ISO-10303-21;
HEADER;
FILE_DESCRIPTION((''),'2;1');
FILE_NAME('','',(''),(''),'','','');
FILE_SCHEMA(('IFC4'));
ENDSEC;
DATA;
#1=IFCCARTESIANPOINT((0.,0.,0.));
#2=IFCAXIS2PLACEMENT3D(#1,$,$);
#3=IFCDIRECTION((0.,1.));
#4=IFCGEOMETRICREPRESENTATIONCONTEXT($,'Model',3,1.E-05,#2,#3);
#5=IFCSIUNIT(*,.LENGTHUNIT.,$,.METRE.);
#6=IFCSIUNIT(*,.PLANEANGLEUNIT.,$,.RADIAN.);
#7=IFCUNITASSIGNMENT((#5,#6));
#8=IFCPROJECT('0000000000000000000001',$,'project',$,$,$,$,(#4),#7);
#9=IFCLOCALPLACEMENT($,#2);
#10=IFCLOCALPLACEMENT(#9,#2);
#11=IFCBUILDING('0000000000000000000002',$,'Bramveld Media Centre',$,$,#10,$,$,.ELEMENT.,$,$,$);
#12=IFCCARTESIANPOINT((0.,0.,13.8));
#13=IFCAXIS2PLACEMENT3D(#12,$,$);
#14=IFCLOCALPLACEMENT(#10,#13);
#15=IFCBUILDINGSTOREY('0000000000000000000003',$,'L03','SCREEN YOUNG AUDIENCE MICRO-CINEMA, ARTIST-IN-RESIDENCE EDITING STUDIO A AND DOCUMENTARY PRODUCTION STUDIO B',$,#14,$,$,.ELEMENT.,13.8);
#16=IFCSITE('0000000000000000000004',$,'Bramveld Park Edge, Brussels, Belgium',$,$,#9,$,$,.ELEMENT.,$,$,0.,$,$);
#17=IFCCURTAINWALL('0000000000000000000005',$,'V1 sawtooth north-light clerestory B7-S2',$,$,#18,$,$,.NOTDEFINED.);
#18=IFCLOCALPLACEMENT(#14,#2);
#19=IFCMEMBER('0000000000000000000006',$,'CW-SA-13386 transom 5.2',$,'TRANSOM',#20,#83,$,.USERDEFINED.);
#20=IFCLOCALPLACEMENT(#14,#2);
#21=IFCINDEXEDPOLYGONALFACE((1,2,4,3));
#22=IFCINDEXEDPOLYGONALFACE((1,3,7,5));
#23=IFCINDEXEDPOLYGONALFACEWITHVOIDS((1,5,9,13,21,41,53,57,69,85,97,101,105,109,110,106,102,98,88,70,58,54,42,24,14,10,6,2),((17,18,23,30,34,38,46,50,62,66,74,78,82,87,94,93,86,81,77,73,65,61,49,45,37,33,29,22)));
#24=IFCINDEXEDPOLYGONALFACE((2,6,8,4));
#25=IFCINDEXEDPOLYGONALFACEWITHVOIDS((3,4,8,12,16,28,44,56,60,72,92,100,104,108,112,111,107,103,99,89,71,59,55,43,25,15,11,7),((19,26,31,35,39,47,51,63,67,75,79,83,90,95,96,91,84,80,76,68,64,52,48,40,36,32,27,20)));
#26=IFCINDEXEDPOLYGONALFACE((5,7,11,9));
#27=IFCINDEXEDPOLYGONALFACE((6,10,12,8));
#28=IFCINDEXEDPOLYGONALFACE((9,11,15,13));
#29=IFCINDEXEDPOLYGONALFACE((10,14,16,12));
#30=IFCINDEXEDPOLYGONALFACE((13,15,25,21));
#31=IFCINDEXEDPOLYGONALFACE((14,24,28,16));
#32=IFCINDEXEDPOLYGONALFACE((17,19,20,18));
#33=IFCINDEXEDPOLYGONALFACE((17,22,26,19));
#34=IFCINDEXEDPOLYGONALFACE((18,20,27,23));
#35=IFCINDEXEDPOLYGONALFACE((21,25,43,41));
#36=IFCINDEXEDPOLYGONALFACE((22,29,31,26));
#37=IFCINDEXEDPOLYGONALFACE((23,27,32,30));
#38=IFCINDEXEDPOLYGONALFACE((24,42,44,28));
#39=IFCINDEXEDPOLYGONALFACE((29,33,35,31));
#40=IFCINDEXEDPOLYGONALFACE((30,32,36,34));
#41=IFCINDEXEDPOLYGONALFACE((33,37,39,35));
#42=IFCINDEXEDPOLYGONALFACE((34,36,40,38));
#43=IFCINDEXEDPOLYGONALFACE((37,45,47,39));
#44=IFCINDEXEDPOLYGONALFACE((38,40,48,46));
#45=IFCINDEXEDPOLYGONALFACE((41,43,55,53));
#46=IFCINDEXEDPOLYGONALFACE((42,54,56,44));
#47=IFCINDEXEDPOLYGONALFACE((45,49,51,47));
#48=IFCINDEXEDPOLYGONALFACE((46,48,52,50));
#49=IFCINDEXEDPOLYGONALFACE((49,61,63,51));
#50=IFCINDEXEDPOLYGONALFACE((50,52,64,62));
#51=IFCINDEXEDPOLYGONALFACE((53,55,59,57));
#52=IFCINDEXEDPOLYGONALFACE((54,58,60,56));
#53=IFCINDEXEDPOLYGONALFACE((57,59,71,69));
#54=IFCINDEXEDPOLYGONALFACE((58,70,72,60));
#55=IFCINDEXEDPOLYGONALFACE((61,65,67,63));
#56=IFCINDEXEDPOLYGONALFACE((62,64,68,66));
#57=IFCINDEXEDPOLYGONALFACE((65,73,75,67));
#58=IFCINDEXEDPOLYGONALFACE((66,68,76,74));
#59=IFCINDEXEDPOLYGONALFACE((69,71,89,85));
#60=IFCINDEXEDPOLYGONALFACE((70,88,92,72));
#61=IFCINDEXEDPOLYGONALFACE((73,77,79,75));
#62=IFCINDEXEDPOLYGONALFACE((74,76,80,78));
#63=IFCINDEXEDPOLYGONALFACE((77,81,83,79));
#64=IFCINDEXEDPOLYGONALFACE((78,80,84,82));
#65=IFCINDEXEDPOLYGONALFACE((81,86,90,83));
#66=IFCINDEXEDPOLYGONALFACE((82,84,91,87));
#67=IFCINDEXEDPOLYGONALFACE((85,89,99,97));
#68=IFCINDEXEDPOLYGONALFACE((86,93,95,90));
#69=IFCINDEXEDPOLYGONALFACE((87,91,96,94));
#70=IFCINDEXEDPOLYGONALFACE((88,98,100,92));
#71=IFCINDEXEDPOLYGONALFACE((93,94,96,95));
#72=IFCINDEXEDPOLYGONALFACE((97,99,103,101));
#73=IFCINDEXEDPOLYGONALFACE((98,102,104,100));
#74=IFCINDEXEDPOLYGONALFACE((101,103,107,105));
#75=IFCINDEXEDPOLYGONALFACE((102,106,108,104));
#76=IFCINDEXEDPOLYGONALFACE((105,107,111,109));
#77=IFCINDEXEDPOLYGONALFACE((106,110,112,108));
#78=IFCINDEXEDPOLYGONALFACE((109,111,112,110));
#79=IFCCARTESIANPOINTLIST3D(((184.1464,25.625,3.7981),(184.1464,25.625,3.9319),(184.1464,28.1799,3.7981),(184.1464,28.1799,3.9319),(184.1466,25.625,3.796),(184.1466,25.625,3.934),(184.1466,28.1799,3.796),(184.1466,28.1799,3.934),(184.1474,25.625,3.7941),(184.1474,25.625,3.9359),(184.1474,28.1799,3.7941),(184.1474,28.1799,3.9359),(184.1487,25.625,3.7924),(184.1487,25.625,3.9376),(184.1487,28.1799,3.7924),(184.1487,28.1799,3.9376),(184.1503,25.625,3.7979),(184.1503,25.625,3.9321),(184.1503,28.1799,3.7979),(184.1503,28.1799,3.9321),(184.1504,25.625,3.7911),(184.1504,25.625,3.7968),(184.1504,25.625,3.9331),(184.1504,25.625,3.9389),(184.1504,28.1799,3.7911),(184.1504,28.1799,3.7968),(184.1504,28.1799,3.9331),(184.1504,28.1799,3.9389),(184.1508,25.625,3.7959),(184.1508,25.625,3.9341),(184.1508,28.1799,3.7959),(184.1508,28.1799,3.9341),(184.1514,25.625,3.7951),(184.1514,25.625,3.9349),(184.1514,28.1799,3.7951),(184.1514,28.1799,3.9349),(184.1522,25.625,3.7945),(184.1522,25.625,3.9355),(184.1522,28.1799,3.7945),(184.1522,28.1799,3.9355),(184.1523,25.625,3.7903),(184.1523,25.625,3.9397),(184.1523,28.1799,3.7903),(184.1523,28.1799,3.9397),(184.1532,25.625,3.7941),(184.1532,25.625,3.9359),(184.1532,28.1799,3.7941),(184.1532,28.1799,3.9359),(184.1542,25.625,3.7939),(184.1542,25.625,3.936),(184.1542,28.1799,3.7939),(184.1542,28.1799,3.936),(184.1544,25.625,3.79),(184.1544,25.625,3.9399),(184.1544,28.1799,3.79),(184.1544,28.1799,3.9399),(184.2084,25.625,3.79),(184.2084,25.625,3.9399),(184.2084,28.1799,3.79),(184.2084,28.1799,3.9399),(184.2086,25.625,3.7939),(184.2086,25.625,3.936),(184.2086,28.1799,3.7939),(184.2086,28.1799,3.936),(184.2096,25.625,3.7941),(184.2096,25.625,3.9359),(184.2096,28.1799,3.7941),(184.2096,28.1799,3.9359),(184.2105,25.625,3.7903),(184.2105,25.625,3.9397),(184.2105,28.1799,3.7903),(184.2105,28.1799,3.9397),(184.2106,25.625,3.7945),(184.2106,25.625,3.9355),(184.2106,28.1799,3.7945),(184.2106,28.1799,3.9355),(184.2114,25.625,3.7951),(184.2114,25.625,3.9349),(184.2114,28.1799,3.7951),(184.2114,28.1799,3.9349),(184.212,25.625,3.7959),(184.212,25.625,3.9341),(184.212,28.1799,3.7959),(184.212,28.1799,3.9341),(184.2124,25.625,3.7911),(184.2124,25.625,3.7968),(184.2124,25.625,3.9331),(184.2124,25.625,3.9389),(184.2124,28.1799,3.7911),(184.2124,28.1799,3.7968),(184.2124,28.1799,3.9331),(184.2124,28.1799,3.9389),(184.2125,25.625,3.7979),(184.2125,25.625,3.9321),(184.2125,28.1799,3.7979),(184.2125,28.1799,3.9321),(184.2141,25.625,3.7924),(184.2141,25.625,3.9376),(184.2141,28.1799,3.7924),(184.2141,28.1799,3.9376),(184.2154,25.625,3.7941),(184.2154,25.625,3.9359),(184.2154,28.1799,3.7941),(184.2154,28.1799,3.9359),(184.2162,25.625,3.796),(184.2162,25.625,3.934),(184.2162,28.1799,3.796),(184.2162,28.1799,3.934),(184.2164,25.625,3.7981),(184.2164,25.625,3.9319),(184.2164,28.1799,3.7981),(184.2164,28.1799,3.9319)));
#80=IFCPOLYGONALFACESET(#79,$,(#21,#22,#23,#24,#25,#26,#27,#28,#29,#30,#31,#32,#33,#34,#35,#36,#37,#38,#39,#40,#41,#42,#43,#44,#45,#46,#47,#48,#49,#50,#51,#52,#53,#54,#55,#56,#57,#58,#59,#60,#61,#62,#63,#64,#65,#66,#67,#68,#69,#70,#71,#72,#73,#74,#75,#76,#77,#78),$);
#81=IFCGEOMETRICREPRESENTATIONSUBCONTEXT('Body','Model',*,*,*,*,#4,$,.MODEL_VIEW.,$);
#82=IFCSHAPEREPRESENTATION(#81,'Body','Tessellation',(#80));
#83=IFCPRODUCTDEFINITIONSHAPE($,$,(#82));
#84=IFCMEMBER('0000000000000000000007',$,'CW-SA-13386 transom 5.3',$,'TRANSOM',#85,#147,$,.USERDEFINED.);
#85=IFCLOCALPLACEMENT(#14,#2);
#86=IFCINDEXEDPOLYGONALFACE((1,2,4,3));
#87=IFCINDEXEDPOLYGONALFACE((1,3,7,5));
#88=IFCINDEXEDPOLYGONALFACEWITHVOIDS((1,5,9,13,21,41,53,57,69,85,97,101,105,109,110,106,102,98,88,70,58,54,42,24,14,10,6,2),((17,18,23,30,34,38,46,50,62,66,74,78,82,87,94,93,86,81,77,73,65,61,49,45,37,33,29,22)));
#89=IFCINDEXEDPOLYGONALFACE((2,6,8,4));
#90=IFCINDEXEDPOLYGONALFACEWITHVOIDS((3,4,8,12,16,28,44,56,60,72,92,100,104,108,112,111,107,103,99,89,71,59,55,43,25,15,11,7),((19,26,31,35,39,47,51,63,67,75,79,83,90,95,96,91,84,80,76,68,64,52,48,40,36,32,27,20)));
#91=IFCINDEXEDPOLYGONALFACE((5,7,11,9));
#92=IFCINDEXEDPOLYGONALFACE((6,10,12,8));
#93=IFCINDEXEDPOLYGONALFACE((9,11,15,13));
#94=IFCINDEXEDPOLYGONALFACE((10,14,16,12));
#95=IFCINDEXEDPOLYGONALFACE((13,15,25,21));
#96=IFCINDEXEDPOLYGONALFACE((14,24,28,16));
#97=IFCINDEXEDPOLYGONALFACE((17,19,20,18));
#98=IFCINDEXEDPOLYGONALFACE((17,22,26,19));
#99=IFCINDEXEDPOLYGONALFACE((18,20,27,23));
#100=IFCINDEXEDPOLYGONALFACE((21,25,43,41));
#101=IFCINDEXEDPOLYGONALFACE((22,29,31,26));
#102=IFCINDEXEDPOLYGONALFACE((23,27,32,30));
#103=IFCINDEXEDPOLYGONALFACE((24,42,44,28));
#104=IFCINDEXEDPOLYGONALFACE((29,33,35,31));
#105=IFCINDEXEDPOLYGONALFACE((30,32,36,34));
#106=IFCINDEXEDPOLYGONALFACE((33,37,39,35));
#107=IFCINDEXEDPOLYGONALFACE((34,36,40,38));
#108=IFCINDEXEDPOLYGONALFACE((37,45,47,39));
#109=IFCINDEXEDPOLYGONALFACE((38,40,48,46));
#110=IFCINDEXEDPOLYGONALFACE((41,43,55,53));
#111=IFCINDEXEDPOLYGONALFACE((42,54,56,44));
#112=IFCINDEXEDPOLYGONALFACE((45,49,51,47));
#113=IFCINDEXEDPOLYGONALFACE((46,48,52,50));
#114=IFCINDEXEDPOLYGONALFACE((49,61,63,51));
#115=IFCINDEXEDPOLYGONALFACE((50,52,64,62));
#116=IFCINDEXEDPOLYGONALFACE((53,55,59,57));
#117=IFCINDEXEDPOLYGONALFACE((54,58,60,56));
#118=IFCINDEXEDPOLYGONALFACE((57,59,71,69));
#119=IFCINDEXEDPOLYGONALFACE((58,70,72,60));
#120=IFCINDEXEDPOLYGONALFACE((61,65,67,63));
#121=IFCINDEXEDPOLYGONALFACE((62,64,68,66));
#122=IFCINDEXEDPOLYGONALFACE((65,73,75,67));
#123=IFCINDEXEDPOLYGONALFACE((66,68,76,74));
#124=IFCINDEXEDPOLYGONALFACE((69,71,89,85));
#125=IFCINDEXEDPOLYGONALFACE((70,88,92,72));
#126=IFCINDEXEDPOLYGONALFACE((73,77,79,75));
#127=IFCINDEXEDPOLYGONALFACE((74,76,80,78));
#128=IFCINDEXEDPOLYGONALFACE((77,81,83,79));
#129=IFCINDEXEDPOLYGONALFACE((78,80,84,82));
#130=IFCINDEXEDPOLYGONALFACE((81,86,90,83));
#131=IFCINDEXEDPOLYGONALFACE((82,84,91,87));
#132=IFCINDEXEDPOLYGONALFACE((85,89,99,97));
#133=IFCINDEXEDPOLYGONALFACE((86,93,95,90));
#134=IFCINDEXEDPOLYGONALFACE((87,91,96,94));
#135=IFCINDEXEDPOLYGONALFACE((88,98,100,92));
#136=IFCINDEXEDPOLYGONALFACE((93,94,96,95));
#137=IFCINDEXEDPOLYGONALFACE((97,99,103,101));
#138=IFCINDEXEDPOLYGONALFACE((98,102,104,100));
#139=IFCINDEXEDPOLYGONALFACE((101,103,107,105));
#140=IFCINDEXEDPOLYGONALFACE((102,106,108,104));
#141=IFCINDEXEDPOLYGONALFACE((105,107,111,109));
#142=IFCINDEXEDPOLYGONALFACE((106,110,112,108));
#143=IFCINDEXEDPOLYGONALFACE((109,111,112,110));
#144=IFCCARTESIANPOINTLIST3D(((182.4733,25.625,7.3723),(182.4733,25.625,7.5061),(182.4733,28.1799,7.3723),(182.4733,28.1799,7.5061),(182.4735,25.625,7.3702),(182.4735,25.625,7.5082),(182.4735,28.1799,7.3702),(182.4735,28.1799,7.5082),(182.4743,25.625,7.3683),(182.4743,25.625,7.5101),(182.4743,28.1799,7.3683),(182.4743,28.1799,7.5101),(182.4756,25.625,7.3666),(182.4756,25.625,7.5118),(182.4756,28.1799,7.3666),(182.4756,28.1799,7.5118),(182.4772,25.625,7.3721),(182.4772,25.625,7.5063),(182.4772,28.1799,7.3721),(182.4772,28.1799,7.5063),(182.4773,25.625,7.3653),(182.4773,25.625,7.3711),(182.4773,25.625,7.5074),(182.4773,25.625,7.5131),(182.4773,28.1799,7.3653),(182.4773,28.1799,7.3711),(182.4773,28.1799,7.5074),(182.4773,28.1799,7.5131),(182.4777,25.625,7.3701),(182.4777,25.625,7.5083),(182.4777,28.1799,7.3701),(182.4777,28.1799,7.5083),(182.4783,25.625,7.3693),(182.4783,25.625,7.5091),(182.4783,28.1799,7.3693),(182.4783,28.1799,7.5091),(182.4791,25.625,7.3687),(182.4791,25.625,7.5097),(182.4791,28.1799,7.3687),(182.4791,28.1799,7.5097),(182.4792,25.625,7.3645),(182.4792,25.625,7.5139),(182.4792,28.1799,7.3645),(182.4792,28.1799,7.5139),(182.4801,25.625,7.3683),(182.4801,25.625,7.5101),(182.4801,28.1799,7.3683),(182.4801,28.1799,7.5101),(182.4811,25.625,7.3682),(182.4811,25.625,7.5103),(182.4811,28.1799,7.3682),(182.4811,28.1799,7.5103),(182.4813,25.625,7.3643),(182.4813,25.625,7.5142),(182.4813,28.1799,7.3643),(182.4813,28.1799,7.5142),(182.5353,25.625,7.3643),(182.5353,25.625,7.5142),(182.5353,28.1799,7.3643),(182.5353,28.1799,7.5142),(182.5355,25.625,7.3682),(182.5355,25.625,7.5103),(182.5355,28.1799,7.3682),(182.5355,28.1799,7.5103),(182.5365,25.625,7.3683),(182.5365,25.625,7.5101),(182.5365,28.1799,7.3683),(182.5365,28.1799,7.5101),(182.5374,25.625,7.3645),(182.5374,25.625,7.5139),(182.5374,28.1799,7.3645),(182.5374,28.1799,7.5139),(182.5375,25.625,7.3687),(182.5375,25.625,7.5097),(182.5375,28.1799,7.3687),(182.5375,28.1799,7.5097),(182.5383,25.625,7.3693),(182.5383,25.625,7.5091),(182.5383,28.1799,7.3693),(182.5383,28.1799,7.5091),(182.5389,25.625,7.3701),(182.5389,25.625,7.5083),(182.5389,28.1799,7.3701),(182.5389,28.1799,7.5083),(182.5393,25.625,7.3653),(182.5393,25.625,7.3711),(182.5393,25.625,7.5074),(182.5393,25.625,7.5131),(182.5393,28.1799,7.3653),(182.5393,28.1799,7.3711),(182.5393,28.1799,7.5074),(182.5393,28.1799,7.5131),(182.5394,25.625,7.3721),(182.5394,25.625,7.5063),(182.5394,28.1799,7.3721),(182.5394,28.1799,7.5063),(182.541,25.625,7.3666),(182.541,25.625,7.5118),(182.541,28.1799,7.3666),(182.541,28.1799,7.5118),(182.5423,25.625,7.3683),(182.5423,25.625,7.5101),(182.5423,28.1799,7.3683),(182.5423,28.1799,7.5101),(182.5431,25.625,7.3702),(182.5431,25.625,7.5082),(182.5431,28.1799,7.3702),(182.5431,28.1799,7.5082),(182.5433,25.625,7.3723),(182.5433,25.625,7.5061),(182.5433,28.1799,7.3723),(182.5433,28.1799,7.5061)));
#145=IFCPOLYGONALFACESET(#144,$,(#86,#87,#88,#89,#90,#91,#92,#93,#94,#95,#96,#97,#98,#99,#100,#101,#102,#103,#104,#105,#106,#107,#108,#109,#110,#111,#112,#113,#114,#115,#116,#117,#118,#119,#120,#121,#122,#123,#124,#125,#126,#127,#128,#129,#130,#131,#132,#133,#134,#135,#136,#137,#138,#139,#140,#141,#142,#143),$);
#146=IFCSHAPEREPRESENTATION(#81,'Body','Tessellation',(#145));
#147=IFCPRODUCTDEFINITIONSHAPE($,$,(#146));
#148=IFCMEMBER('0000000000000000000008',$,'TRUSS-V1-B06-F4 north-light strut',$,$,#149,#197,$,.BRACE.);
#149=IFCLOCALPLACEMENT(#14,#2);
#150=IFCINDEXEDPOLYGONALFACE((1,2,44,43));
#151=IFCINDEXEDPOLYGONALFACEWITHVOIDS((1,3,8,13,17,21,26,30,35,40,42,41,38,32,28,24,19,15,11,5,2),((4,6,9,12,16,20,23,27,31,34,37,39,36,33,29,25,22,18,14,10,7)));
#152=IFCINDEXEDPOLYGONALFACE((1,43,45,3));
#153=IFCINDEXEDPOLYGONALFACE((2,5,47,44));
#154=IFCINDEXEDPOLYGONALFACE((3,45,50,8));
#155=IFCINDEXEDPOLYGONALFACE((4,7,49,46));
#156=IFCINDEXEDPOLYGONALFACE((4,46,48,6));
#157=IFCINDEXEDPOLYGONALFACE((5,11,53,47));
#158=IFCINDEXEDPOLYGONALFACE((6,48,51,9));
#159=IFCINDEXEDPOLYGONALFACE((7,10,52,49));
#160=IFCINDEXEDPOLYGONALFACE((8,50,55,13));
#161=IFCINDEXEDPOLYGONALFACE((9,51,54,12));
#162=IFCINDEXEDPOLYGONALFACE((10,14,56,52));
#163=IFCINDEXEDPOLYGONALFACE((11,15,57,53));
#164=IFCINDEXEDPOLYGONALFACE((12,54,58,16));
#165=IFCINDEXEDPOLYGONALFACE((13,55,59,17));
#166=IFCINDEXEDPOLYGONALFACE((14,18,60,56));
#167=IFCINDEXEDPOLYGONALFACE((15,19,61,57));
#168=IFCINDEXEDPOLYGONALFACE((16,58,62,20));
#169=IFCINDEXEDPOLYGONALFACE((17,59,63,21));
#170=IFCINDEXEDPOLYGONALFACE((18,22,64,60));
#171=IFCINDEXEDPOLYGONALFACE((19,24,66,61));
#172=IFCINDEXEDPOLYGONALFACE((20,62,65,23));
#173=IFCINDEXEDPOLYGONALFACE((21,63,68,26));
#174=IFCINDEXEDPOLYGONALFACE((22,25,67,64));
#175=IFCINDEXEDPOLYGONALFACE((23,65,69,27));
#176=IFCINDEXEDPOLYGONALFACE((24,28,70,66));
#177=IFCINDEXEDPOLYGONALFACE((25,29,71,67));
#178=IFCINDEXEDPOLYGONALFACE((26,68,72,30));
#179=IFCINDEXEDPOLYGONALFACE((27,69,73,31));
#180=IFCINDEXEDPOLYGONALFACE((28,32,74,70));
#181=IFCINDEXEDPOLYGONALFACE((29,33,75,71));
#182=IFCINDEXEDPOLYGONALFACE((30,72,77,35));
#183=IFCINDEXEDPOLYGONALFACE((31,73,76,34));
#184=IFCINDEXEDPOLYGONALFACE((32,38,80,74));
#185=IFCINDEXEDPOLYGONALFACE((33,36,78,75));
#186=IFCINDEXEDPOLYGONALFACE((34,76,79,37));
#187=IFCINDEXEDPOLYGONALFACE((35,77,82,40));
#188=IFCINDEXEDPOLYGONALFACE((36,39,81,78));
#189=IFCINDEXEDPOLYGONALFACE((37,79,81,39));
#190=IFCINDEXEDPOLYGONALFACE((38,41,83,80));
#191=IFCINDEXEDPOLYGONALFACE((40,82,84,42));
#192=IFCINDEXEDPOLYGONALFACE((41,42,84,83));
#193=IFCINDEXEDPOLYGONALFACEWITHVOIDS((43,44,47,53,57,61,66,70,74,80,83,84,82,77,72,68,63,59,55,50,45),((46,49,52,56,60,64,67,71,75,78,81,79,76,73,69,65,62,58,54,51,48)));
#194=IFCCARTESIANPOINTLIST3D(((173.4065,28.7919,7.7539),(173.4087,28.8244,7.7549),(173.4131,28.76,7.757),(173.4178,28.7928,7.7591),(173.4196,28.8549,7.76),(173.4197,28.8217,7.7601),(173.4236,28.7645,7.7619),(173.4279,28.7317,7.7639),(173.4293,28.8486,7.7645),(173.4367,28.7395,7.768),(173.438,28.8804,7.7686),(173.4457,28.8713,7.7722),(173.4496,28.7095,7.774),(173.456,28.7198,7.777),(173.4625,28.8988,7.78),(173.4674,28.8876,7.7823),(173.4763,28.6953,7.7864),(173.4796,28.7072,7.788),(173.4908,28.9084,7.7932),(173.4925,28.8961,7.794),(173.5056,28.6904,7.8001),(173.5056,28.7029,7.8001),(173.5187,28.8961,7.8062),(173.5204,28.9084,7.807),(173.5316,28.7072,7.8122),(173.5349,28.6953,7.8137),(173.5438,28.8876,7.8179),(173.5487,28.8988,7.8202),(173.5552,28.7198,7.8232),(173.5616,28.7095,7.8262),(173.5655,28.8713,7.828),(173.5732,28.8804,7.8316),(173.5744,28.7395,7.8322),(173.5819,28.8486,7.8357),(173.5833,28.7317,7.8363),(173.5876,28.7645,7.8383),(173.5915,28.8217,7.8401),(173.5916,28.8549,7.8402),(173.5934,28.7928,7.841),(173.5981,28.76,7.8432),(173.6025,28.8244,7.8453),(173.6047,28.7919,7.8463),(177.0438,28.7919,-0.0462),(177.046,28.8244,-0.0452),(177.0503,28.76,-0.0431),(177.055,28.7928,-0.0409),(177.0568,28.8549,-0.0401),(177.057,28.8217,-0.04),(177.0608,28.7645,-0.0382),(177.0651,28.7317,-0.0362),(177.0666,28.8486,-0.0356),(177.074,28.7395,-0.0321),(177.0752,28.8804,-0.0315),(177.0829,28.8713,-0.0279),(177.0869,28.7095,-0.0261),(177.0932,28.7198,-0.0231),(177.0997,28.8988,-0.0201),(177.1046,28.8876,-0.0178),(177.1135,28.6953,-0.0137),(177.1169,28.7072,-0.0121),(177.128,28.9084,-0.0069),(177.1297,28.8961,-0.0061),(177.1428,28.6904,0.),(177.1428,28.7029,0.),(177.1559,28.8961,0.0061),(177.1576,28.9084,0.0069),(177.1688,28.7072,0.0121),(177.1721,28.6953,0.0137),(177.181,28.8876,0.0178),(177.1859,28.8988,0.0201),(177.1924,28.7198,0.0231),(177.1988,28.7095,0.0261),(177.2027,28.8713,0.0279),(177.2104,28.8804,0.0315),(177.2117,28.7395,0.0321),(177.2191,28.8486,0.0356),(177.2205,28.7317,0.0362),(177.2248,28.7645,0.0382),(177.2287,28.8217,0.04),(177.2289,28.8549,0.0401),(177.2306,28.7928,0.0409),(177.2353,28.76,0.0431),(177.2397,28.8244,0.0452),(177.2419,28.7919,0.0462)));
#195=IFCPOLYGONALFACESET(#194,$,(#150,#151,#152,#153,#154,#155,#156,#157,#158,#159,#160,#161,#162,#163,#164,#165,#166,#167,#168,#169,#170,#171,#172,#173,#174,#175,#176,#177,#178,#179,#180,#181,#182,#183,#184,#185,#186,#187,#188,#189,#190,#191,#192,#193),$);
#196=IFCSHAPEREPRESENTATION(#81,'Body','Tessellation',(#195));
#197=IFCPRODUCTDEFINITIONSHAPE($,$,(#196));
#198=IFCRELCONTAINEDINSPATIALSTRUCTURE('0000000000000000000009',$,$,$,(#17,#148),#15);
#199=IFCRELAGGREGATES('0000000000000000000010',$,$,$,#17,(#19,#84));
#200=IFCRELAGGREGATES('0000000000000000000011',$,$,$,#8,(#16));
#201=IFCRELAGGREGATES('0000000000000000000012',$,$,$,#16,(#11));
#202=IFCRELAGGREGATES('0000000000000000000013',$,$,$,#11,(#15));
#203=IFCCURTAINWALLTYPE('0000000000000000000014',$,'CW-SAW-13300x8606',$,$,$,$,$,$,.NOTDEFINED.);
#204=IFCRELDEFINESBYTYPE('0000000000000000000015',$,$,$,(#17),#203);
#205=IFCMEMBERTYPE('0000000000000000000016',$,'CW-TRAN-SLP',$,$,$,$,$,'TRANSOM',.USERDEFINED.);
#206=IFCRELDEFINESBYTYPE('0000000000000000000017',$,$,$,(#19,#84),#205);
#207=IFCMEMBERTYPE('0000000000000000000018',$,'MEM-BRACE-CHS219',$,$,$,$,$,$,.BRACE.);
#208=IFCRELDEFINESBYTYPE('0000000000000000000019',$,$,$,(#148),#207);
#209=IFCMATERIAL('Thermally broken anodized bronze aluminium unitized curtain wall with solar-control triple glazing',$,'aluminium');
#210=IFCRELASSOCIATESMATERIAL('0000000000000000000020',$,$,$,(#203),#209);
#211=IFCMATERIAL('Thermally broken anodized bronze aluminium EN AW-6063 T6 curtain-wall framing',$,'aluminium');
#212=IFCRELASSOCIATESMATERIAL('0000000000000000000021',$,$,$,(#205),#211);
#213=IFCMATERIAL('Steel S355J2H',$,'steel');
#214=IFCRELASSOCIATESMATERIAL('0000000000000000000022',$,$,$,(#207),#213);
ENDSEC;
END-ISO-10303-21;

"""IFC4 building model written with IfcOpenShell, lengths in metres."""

from ifc_helpers import new_model, si_unit, direction, frame, origin, origin_2d, place, context, subcontext, project, spatial, hollow_rectangle, hollow_circle, extrude, material, material_profile, profile_set, type_object, element, aggregate, save


model = new_model("IFC4")

# Units and contexts
model_context = context("Model", 3, precision=1e-05, world=origin(), true_north=direction((0.0, 1.0)))
body_context = subcontext(model_context, "Body", "Model", "MODEL_VIEW")
ifc_project = project(units=[si_unit("LENGTHUNIT", "METRE"), si_unit("PLANEANGLEUNIT", "RADIAN")], contexts=[model_context])

# Site, building, storey
site_placement = place(None, origin())
site = spatial("IfcSite", under=ifc_project, at=site_placement, Name="Bramveld Park Edge, Brussels, Belgium", CompositionType="ELEMENT", RefElevation=0.0)
building_placement = place(site_placement, origin())
building = spatial("IfcBuilding", under=site, at=building_placement, Name="Bramveld Media Centre", CompositionType="ELEMENT")
storey_placement = place(building_placement, frame((0.0, 0.0, 13.8)))
storey = spatial("IfcBuildingStorey", under=building, at=storey_placement, Name="L03", Description="SCREEN YOUNG AUDIENCE MICRO-CINEMA, ARTIST-IN-RESIDENCE EDITING STUDIO A AND DOCUMENTARY PRODUCTION STUDIO B", CompositionType="ELEMENT", Elevation=13.8)

# Shared definitions
ifc_material_1 = material(Name="Thermally broken anodized bronze aluminium unitized curtain wall with solar-control triple glazing", Category="aluminium")
curtain_wall_type = type_object("IfcCurtainWallType", Name="CW-SAW-13300x8606", PredefinedType="NOTDEFINED", material=ifc_material_1)

# Curtain wall, members
curtain_wall_1_placement = place(storey_placement, origin())
curtain_wall_1 = element("IfcCurtainWall", 1, at=curtain_wall_1_placement, inside=storey, type_object=curtain_wall_type, Name="V1 sawtooth north-light clerestory B7-S2", PredefinedType="NOTDEFINED")
ifc_material_2 = material(Name="Thermally broken anodized bronze aluminium EN AW-6063 T6 curtain-wall framing", Category="aluminium")
ifc_material_profile_1 = material_profile(ifc_material_2, hollow_rectangle(XDim=0.0701, YDim=0.1499, WallThickness=0.0039, InnerFilletRadius=0.0039, OuterFilletRadius=0.0081, at=origin_2d()), Name="AL-TRAN 70x150")
ifc_profile_set_1 = profile_set([ifc_material_profile_1], Name="Thermally broken anodized bronze aluminium EN AW-6063 T6 curtain-wall framing")
member_type_1 = type_object("IfcMemberType", Name="CW-TRAN-SLP", ElementType="TRANSOM", PredefinedType="USERDEFINED", material=ifc_profile_set_1)
member_1_placement = place(storey_placement, frame((184.1814, 25.625, 3.865), z_axis=(0.0, 1.0, 0.0), x_axis=(-1.0, 0.0, 0.0)))
member_1 = element("IfcMember", 2, at=member_1_placement, type_object=member_type_1, Name="CW-SA-13386 transom 5.2", ObjectType="TRANSOM", PredefinedType="USERDEFINED", context=body_context, shape_type="SweptSolid", body=[
    extrude(hollow_rectangle(XDim=0.0701, YDim=0.1499, WallThickness=0.0039, InnerFilletRadius=0.0039, OuterFilletRadius=0.0081, at=origin_2d()), origin(), (0.0, 0.0, 1.0), 2.5549),
])
member_2_placement = place(storey_placement, frame((182.5083, 25.625, 7.4392), z_axis=(0.0, 1.0, 0.0), x_axis=(-1.0, 0.0, 0.0)))
member_2 = element("IfcMember", 3, at=member_2_placement, type_object=member_type_1, Name="CW-SA-13386 transom 5.3", ObjectType="TRANSOM", PredefinedType="USERDEFINED", context=body_context, shape_type="SweptSolid", body=[
    extrude(hollow_rectangle(XDim=0.0701, YDim=0.1499, WallThickness=0.0039, InnerFilletRadius=0.0039, OuterFilletRadius=0.0081, at=origin_2d()), origin(), (0.0, 0.0, 1.0), 2.5549),
])

# Member
ifc_material_3 = material(Name="Steel S355J2H", Category="steel")
ifc_material_profile_2 = material_profile(ifc_material_3, hollow_circle(Radius=0.1096, WallThickness=0.0125, at=origin_2d()), Name="CHS 219.1x12.5")
ifc_profile_set_2 = profile_set([ifc_material_profile_2], Name="Steel S355J2H")
member_type_2 = type_object("IfcMemberType", Name="MEM-BRACE-CHS219", PredefinedType="BRACE", material=ifc_profile_set_2)
member_3_placement = place(storey_placement, frame((177.1428, 28.8, 0.0), z_axis=(-0.422617, 0.0, 0.906308), x_axis=(0.0, -1.0, 0.0)))
element("IfcMember", 4, at=member_3_placement, inside=storey, type_object=member_type_2, Name="TRUSS-V1-B06-F4 north-light strut", PredefinedType="BRACE", context=body_context, shape_type="SweptSolid", body=[
    extrude(hollow_circle(Radius=0.1096, WallThickness=0.0125, at=origin_2d()), origin(), (0.0, 0.0, 1.0), 8.6064),
])

aggregate(curtain_wall_1, [member_1, member_2])

save(model, "model.ifc")
